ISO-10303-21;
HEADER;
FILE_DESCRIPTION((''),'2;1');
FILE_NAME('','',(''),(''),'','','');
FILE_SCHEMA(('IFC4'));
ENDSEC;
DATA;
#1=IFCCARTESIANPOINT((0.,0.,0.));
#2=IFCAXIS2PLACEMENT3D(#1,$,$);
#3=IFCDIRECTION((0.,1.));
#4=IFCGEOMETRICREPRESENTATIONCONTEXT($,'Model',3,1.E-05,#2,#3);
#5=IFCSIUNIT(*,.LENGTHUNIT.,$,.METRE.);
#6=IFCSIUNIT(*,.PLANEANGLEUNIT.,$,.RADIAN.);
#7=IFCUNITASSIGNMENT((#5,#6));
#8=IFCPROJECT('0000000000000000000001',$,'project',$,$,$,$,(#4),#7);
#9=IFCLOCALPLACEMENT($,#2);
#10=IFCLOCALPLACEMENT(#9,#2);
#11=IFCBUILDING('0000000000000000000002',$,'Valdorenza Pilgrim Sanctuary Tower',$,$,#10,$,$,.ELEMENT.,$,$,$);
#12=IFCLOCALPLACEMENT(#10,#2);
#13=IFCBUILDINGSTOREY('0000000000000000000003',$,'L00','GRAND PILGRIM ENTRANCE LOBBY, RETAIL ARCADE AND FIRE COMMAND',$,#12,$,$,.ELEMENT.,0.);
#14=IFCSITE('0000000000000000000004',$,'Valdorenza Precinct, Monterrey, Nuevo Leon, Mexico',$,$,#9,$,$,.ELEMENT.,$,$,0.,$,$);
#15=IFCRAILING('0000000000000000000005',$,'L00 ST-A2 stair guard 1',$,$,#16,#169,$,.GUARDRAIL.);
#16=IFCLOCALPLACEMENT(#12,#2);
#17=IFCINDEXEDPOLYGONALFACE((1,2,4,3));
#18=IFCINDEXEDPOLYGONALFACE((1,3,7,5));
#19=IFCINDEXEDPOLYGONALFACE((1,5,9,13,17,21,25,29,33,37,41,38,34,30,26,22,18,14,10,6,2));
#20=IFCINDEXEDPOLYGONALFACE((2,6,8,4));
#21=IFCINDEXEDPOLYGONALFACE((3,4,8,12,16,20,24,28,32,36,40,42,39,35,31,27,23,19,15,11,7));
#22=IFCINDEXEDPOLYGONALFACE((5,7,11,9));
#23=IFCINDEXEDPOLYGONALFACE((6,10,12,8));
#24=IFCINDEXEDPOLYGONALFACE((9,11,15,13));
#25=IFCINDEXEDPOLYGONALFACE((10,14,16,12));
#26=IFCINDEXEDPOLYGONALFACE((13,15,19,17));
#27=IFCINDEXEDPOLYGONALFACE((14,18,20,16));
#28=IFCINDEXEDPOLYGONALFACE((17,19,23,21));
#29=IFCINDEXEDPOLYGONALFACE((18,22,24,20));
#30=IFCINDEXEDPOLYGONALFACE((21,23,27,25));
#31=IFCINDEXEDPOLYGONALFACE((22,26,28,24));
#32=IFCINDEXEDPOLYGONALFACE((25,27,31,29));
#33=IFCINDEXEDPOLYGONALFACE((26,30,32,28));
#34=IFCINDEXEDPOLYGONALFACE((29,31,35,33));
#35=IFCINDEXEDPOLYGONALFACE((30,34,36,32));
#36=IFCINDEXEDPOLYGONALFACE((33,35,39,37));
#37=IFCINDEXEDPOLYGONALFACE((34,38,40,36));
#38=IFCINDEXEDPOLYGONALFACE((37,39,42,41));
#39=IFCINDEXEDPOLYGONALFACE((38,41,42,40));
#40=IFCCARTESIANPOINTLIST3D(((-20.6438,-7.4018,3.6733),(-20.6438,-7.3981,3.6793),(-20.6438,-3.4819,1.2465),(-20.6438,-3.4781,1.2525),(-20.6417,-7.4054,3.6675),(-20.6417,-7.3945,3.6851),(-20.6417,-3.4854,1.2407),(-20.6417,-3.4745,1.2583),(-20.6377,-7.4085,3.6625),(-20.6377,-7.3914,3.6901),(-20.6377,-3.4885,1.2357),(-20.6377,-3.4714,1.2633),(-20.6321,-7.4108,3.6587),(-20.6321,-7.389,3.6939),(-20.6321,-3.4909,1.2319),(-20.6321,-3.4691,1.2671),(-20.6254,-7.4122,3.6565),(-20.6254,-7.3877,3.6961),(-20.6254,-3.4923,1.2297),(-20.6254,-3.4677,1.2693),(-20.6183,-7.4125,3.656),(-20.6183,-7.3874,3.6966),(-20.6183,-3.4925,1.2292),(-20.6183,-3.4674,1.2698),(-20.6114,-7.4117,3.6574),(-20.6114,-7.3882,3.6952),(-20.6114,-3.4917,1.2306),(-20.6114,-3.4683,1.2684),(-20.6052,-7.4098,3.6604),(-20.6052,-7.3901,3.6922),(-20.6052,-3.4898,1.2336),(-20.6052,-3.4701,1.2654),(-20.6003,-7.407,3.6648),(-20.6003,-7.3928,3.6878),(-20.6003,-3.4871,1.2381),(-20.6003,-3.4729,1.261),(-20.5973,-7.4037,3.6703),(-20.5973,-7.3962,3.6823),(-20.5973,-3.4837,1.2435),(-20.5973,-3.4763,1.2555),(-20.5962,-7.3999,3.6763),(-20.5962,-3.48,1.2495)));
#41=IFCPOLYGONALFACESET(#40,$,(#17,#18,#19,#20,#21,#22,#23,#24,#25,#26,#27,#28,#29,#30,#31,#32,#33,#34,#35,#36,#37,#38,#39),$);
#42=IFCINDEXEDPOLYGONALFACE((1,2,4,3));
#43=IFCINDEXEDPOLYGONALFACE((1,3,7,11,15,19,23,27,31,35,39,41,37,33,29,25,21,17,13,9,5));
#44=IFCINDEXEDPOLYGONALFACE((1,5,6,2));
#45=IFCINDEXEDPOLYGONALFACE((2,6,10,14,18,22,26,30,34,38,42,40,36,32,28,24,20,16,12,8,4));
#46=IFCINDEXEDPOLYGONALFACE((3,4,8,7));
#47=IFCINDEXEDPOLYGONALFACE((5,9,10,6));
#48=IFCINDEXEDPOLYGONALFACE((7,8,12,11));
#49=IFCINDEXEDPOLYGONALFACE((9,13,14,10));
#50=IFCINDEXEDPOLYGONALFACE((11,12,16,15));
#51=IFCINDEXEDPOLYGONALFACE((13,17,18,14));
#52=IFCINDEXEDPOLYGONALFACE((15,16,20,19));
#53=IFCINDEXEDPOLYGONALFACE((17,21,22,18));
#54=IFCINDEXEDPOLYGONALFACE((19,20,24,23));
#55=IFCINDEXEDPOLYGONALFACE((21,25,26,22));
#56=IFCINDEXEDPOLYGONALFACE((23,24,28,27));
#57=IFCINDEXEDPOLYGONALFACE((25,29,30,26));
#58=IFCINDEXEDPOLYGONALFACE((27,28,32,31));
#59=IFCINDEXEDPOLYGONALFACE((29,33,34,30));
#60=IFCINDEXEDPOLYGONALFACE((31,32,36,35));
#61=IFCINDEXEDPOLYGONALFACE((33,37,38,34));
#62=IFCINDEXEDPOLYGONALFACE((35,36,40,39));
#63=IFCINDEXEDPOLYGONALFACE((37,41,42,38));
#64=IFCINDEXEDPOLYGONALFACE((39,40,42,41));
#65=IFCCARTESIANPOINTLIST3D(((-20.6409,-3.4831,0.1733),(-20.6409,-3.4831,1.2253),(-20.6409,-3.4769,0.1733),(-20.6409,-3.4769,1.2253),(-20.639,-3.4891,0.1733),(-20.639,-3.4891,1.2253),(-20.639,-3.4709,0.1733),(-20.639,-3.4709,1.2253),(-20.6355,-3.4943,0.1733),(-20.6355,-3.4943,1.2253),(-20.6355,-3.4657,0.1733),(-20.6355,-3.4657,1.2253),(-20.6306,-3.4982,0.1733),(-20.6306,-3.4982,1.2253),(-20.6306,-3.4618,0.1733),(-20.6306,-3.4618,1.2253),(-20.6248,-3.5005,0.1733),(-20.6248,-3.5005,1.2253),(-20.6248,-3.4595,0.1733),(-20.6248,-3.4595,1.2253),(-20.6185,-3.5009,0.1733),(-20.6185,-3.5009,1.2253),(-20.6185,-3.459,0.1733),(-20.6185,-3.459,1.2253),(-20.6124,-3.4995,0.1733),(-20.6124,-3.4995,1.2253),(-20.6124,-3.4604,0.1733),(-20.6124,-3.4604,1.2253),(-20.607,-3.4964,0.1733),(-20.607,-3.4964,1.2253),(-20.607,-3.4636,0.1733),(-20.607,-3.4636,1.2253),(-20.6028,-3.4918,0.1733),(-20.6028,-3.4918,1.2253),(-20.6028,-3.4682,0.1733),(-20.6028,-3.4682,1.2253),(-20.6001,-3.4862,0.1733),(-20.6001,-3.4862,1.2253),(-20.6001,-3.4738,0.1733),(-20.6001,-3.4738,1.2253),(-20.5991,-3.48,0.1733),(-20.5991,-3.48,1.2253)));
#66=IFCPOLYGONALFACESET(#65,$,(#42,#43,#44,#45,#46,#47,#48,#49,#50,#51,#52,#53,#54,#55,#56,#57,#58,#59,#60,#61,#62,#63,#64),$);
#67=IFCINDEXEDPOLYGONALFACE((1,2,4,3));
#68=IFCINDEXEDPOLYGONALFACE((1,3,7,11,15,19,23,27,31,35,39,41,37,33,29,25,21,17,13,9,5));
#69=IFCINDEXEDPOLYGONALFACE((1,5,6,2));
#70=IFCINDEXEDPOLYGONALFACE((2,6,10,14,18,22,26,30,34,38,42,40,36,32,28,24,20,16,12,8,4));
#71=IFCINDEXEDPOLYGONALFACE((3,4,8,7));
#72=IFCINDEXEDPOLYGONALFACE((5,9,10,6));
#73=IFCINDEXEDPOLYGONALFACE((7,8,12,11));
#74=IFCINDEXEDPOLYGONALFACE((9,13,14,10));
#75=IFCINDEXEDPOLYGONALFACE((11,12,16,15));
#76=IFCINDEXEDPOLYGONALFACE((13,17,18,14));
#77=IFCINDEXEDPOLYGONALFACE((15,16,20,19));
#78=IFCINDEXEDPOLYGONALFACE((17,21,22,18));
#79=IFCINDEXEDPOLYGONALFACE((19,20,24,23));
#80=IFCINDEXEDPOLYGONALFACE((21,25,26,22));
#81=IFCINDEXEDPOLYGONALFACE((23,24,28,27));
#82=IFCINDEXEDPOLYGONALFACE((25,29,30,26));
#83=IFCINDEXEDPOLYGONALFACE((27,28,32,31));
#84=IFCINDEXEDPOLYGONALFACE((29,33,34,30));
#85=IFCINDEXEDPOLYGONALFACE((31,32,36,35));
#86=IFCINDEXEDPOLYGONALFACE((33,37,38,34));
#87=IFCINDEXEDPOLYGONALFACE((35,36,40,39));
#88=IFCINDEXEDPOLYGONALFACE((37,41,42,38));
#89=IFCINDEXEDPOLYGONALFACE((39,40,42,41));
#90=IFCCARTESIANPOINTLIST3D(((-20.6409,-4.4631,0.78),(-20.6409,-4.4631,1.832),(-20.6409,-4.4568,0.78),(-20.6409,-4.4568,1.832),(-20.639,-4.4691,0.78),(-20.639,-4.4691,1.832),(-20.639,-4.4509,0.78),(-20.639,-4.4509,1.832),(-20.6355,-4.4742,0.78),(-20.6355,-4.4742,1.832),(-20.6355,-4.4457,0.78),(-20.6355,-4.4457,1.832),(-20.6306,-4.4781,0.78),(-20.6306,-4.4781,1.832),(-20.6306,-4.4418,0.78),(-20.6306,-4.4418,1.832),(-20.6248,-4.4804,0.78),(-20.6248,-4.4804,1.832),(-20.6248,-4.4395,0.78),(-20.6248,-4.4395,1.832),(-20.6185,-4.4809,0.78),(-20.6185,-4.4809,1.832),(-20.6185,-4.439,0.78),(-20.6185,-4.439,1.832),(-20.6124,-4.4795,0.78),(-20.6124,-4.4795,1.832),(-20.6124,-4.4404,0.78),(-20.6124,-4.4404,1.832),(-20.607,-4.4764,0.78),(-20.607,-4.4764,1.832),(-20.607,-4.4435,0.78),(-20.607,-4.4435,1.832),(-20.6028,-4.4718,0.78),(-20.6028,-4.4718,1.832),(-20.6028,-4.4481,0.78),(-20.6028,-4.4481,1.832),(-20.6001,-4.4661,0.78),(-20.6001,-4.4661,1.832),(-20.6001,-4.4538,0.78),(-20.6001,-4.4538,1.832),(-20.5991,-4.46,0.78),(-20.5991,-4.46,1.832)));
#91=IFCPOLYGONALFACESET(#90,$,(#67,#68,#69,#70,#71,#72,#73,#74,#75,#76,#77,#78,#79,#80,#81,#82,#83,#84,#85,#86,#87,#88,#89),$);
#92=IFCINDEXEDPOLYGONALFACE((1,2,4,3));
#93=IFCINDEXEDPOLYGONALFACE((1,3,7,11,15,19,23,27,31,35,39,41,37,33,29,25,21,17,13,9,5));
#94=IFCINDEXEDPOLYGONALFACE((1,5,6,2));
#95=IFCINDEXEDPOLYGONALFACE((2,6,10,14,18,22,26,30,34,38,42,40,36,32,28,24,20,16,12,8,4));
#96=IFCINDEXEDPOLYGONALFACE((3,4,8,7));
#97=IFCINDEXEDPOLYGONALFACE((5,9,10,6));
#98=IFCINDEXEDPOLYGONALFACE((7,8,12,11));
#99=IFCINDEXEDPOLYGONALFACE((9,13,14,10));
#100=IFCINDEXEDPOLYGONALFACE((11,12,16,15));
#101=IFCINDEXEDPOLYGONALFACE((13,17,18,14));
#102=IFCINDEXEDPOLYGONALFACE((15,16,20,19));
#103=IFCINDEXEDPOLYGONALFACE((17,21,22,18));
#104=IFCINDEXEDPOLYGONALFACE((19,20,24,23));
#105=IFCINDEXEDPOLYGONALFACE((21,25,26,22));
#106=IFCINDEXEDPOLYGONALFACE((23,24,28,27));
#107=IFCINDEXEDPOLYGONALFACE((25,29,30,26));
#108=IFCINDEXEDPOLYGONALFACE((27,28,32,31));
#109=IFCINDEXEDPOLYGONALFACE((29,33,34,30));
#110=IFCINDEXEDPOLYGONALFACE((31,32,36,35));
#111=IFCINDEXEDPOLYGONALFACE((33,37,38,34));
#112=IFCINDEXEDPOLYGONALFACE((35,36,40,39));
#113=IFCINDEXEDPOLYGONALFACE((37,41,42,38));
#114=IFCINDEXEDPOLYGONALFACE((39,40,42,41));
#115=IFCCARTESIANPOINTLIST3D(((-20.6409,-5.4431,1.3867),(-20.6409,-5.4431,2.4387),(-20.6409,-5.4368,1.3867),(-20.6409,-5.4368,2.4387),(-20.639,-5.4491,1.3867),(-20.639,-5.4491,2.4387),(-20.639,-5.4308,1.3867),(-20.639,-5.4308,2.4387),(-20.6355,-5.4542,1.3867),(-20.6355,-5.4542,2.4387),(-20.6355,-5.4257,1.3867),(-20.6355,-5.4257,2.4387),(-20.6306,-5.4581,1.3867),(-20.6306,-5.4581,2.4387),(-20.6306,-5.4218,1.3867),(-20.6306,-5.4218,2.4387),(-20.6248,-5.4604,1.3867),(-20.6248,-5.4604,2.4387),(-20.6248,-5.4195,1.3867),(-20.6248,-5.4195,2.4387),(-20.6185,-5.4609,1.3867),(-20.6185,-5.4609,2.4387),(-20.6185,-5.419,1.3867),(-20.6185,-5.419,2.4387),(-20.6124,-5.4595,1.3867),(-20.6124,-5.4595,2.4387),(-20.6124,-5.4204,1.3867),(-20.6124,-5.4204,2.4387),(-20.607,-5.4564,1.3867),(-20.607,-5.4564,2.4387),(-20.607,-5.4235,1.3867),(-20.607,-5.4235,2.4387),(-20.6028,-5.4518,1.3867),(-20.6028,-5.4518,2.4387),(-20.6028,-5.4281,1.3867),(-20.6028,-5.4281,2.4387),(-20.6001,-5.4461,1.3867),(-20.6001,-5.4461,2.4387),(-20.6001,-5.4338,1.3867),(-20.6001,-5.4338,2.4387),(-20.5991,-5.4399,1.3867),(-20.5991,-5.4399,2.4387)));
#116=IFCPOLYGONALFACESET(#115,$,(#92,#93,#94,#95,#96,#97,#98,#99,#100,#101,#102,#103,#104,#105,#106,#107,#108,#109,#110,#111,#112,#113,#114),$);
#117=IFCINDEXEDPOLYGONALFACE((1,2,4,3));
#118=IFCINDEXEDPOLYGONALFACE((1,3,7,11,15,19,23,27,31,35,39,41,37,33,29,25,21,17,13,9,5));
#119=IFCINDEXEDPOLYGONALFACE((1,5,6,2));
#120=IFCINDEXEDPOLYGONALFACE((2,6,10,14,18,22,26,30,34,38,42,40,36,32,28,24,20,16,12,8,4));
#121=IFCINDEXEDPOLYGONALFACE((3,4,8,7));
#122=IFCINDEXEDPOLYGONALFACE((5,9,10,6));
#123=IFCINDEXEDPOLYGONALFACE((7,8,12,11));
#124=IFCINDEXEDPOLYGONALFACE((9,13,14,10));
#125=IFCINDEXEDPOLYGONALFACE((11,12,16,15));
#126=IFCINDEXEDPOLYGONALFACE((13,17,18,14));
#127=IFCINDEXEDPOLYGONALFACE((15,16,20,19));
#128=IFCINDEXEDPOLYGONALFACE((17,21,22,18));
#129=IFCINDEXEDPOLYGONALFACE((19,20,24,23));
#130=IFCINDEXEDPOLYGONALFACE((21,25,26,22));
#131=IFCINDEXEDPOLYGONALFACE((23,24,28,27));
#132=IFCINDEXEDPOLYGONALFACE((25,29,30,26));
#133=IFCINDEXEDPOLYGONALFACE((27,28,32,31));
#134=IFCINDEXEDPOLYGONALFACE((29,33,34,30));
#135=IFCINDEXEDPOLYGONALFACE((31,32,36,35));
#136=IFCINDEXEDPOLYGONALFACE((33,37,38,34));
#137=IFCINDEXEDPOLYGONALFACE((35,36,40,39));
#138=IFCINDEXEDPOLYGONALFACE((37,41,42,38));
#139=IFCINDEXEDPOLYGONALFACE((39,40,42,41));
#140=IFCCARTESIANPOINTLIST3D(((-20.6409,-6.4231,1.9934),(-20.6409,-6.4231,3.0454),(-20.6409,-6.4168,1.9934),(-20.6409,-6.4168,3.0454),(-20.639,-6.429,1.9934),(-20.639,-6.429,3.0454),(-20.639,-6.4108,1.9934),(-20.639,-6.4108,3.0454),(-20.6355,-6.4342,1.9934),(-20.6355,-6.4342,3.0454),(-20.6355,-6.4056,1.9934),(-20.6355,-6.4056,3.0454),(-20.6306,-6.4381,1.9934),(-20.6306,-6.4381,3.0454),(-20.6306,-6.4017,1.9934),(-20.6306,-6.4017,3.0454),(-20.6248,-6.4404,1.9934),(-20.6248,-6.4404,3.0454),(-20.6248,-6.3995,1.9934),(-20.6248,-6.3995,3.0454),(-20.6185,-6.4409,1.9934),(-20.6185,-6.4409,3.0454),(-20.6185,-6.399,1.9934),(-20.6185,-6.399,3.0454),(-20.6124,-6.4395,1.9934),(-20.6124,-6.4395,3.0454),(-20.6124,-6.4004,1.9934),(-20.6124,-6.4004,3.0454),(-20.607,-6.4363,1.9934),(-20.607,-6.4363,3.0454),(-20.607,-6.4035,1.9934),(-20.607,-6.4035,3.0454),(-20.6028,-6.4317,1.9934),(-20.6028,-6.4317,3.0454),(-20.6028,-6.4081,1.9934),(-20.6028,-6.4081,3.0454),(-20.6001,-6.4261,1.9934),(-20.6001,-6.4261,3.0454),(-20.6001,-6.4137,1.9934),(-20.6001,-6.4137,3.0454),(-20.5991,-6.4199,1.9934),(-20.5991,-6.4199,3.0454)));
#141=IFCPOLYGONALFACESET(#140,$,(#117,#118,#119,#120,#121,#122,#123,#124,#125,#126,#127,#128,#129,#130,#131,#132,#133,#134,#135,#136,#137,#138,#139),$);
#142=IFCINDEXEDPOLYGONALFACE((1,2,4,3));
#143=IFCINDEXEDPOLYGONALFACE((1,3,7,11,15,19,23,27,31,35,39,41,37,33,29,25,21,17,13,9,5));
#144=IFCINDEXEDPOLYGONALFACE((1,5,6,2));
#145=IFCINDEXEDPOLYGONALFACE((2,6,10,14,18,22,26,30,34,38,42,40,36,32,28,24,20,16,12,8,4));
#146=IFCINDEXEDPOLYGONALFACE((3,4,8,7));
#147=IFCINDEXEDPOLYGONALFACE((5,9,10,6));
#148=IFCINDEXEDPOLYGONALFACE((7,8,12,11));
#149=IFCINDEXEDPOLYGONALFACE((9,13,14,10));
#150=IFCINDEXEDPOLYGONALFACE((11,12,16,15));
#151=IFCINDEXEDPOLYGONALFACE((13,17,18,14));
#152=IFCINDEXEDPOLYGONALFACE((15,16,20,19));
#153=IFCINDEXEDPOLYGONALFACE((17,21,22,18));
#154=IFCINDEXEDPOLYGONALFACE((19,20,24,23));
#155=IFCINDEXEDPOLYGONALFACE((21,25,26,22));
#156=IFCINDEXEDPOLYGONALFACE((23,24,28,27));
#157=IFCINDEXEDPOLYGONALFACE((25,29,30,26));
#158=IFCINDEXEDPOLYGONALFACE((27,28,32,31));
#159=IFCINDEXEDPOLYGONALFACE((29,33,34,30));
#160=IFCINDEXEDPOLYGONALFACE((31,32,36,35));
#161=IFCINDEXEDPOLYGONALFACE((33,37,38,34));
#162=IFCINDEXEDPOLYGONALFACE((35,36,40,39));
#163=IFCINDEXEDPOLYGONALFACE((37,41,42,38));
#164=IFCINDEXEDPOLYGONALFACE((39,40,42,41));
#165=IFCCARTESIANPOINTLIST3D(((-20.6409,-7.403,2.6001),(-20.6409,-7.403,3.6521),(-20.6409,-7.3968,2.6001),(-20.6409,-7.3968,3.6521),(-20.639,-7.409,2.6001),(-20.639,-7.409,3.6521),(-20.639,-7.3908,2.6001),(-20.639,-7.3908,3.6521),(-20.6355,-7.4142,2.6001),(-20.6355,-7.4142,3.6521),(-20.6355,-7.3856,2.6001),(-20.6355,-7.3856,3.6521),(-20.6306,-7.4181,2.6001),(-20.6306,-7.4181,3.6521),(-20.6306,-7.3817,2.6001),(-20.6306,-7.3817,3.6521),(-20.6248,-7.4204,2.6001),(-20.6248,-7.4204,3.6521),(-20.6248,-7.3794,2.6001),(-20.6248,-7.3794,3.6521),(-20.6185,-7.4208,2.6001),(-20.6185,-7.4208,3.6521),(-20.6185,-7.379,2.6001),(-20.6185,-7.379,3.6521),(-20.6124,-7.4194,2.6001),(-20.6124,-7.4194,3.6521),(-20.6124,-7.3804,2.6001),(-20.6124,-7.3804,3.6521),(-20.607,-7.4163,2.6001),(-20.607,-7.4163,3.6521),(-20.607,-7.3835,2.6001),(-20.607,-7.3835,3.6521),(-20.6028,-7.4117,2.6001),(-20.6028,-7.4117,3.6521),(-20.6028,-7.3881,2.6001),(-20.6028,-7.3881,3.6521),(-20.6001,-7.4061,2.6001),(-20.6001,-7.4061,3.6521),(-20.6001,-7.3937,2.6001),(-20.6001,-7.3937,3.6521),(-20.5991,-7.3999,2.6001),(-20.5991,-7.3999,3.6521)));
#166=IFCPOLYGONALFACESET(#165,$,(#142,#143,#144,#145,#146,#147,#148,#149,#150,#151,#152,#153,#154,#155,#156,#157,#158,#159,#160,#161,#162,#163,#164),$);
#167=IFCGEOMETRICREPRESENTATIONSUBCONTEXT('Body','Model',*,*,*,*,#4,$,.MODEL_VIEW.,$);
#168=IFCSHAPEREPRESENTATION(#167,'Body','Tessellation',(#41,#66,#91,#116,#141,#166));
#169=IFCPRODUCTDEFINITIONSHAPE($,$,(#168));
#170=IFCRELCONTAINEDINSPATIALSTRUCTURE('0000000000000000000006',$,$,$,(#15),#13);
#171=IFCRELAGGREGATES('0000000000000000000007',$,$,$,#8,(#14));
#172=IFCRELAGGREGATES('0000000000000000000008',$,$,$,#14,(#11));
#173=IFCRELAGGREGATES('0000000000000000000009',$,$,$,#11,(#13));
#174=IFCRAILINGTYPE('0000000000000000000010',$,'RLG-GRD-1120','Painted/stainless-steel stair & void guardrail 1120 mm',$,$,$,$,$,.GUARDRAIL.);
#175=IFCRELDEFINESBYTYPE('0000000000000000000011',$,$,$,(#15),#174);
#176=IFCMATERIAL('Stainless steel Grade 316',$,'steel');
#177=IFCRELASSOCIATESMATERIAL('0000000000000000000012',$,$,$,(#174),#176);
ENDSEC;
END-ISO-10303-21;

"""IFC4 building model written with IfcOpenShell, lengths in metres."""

from ifc_helpers import new_model, si_unit, direction, frame, origin, origin_2d, place, context, subcontext, project, spatial, circle, extrude, material, type_object, element, save


model = new_model("IFC4")

# Units and contexts
model_context = context("Model", 3, precision=1e-05, world=origin(), true_north=direction((0.0, 1.0)))
body_context = subcontext(model_context, "Body", "Model", "MODEL_VIEW")
ifc_project = project(units=[si_unit("LENGTHUNIT", "METRE"), si_unit("PLANEANGLEUNIT", "RADIAN")], contexts=[model_context])

# Site, building, storey
site_placement = place(None, origin())
site = spatial("IfcSite", under=ifc_project, at=site_placement, Name="Valdorenza Precinct, Monterrey, Nuevo Leon, Mexico", CompositionType="ELEMENT", RefElevation=0.0)
building_placement = place(site_placement, origin())
building = spatial("IfcBuilding", under=site, at=building_placement, Name="Valdorenza Pilgrim Sanctuary Tower", CompositionType="ELEMENT")
storey_placement = place(building_placement, origin())
storey = spatial("IfcBuildingStorey", under=building, at=storey_placement, Name="L00", Description="GRAND PILGRIM ENTRANCE LOBBY, RETAIL ARCADE AND FIRE COMMAND", CompositionType="ELEMENT", Elevation=0.0)

# Railing
ifc_material_1 = material(Name="Stainless steel Grade 316", Category="steel")
railing_type_1 = type_object("IfcRailingType", Name="RLG-GRD-1120", Description="Painted/stainless-steel stair & void guardrail 1120 mm", PredefinedType="GUARDRAIL", material=ifc_material_1)
railing_1_placement = place(storey_placement, frame((-20.6201, -3.48, 0.1733)))
element("IfcRailing", 1, at=railing_1_placement, inside=storey, type_object=railing_type_1, Name="L00 ST-A2 stair guard 1", PredefinedType="GUARDRAIL", context=body_context, shape_type="SweptSolid", body=[
    extrude(circle(Radius=0.0239, at=origin_2d()), frame((0.0, 0.0, 1.0762), z_axis=(0.0, -0.850252, 0.526376), x_axis=(1.0, 0.0, 0.0)), (0.0, 0.0, 1.0), 4.6104),
    extrude(circle(Radius=0.021, at=origin_2d()), origin(), (0.0, 0.0, 1.0), 1.052),
    extrude(circle(Radius=0.021, at=origin_2d()), frame((0.0, -0.98, 0.6067)), (0.0, 0.0, 1.0), 1.052),
    extrude(circle(Radius=0.021, at=origin_2d()), frame((0.0, -1.96, 1.2134)), (0.0, 0.0, 1.0), 1.052),
    extrude(circle(Radius=0.021, at=origin_2d()), frame((0.0, -2.9399, 1.8201)), (0.0, 0.0, 1.0), 1.052),
    extrude(circle(Radius=0.021, at=origin_2d()), frame((0.0, -3.9199, 2.4268)), (0.0, 0.0, 1.0), 1.052),
])

save(model, "model.ifc")
